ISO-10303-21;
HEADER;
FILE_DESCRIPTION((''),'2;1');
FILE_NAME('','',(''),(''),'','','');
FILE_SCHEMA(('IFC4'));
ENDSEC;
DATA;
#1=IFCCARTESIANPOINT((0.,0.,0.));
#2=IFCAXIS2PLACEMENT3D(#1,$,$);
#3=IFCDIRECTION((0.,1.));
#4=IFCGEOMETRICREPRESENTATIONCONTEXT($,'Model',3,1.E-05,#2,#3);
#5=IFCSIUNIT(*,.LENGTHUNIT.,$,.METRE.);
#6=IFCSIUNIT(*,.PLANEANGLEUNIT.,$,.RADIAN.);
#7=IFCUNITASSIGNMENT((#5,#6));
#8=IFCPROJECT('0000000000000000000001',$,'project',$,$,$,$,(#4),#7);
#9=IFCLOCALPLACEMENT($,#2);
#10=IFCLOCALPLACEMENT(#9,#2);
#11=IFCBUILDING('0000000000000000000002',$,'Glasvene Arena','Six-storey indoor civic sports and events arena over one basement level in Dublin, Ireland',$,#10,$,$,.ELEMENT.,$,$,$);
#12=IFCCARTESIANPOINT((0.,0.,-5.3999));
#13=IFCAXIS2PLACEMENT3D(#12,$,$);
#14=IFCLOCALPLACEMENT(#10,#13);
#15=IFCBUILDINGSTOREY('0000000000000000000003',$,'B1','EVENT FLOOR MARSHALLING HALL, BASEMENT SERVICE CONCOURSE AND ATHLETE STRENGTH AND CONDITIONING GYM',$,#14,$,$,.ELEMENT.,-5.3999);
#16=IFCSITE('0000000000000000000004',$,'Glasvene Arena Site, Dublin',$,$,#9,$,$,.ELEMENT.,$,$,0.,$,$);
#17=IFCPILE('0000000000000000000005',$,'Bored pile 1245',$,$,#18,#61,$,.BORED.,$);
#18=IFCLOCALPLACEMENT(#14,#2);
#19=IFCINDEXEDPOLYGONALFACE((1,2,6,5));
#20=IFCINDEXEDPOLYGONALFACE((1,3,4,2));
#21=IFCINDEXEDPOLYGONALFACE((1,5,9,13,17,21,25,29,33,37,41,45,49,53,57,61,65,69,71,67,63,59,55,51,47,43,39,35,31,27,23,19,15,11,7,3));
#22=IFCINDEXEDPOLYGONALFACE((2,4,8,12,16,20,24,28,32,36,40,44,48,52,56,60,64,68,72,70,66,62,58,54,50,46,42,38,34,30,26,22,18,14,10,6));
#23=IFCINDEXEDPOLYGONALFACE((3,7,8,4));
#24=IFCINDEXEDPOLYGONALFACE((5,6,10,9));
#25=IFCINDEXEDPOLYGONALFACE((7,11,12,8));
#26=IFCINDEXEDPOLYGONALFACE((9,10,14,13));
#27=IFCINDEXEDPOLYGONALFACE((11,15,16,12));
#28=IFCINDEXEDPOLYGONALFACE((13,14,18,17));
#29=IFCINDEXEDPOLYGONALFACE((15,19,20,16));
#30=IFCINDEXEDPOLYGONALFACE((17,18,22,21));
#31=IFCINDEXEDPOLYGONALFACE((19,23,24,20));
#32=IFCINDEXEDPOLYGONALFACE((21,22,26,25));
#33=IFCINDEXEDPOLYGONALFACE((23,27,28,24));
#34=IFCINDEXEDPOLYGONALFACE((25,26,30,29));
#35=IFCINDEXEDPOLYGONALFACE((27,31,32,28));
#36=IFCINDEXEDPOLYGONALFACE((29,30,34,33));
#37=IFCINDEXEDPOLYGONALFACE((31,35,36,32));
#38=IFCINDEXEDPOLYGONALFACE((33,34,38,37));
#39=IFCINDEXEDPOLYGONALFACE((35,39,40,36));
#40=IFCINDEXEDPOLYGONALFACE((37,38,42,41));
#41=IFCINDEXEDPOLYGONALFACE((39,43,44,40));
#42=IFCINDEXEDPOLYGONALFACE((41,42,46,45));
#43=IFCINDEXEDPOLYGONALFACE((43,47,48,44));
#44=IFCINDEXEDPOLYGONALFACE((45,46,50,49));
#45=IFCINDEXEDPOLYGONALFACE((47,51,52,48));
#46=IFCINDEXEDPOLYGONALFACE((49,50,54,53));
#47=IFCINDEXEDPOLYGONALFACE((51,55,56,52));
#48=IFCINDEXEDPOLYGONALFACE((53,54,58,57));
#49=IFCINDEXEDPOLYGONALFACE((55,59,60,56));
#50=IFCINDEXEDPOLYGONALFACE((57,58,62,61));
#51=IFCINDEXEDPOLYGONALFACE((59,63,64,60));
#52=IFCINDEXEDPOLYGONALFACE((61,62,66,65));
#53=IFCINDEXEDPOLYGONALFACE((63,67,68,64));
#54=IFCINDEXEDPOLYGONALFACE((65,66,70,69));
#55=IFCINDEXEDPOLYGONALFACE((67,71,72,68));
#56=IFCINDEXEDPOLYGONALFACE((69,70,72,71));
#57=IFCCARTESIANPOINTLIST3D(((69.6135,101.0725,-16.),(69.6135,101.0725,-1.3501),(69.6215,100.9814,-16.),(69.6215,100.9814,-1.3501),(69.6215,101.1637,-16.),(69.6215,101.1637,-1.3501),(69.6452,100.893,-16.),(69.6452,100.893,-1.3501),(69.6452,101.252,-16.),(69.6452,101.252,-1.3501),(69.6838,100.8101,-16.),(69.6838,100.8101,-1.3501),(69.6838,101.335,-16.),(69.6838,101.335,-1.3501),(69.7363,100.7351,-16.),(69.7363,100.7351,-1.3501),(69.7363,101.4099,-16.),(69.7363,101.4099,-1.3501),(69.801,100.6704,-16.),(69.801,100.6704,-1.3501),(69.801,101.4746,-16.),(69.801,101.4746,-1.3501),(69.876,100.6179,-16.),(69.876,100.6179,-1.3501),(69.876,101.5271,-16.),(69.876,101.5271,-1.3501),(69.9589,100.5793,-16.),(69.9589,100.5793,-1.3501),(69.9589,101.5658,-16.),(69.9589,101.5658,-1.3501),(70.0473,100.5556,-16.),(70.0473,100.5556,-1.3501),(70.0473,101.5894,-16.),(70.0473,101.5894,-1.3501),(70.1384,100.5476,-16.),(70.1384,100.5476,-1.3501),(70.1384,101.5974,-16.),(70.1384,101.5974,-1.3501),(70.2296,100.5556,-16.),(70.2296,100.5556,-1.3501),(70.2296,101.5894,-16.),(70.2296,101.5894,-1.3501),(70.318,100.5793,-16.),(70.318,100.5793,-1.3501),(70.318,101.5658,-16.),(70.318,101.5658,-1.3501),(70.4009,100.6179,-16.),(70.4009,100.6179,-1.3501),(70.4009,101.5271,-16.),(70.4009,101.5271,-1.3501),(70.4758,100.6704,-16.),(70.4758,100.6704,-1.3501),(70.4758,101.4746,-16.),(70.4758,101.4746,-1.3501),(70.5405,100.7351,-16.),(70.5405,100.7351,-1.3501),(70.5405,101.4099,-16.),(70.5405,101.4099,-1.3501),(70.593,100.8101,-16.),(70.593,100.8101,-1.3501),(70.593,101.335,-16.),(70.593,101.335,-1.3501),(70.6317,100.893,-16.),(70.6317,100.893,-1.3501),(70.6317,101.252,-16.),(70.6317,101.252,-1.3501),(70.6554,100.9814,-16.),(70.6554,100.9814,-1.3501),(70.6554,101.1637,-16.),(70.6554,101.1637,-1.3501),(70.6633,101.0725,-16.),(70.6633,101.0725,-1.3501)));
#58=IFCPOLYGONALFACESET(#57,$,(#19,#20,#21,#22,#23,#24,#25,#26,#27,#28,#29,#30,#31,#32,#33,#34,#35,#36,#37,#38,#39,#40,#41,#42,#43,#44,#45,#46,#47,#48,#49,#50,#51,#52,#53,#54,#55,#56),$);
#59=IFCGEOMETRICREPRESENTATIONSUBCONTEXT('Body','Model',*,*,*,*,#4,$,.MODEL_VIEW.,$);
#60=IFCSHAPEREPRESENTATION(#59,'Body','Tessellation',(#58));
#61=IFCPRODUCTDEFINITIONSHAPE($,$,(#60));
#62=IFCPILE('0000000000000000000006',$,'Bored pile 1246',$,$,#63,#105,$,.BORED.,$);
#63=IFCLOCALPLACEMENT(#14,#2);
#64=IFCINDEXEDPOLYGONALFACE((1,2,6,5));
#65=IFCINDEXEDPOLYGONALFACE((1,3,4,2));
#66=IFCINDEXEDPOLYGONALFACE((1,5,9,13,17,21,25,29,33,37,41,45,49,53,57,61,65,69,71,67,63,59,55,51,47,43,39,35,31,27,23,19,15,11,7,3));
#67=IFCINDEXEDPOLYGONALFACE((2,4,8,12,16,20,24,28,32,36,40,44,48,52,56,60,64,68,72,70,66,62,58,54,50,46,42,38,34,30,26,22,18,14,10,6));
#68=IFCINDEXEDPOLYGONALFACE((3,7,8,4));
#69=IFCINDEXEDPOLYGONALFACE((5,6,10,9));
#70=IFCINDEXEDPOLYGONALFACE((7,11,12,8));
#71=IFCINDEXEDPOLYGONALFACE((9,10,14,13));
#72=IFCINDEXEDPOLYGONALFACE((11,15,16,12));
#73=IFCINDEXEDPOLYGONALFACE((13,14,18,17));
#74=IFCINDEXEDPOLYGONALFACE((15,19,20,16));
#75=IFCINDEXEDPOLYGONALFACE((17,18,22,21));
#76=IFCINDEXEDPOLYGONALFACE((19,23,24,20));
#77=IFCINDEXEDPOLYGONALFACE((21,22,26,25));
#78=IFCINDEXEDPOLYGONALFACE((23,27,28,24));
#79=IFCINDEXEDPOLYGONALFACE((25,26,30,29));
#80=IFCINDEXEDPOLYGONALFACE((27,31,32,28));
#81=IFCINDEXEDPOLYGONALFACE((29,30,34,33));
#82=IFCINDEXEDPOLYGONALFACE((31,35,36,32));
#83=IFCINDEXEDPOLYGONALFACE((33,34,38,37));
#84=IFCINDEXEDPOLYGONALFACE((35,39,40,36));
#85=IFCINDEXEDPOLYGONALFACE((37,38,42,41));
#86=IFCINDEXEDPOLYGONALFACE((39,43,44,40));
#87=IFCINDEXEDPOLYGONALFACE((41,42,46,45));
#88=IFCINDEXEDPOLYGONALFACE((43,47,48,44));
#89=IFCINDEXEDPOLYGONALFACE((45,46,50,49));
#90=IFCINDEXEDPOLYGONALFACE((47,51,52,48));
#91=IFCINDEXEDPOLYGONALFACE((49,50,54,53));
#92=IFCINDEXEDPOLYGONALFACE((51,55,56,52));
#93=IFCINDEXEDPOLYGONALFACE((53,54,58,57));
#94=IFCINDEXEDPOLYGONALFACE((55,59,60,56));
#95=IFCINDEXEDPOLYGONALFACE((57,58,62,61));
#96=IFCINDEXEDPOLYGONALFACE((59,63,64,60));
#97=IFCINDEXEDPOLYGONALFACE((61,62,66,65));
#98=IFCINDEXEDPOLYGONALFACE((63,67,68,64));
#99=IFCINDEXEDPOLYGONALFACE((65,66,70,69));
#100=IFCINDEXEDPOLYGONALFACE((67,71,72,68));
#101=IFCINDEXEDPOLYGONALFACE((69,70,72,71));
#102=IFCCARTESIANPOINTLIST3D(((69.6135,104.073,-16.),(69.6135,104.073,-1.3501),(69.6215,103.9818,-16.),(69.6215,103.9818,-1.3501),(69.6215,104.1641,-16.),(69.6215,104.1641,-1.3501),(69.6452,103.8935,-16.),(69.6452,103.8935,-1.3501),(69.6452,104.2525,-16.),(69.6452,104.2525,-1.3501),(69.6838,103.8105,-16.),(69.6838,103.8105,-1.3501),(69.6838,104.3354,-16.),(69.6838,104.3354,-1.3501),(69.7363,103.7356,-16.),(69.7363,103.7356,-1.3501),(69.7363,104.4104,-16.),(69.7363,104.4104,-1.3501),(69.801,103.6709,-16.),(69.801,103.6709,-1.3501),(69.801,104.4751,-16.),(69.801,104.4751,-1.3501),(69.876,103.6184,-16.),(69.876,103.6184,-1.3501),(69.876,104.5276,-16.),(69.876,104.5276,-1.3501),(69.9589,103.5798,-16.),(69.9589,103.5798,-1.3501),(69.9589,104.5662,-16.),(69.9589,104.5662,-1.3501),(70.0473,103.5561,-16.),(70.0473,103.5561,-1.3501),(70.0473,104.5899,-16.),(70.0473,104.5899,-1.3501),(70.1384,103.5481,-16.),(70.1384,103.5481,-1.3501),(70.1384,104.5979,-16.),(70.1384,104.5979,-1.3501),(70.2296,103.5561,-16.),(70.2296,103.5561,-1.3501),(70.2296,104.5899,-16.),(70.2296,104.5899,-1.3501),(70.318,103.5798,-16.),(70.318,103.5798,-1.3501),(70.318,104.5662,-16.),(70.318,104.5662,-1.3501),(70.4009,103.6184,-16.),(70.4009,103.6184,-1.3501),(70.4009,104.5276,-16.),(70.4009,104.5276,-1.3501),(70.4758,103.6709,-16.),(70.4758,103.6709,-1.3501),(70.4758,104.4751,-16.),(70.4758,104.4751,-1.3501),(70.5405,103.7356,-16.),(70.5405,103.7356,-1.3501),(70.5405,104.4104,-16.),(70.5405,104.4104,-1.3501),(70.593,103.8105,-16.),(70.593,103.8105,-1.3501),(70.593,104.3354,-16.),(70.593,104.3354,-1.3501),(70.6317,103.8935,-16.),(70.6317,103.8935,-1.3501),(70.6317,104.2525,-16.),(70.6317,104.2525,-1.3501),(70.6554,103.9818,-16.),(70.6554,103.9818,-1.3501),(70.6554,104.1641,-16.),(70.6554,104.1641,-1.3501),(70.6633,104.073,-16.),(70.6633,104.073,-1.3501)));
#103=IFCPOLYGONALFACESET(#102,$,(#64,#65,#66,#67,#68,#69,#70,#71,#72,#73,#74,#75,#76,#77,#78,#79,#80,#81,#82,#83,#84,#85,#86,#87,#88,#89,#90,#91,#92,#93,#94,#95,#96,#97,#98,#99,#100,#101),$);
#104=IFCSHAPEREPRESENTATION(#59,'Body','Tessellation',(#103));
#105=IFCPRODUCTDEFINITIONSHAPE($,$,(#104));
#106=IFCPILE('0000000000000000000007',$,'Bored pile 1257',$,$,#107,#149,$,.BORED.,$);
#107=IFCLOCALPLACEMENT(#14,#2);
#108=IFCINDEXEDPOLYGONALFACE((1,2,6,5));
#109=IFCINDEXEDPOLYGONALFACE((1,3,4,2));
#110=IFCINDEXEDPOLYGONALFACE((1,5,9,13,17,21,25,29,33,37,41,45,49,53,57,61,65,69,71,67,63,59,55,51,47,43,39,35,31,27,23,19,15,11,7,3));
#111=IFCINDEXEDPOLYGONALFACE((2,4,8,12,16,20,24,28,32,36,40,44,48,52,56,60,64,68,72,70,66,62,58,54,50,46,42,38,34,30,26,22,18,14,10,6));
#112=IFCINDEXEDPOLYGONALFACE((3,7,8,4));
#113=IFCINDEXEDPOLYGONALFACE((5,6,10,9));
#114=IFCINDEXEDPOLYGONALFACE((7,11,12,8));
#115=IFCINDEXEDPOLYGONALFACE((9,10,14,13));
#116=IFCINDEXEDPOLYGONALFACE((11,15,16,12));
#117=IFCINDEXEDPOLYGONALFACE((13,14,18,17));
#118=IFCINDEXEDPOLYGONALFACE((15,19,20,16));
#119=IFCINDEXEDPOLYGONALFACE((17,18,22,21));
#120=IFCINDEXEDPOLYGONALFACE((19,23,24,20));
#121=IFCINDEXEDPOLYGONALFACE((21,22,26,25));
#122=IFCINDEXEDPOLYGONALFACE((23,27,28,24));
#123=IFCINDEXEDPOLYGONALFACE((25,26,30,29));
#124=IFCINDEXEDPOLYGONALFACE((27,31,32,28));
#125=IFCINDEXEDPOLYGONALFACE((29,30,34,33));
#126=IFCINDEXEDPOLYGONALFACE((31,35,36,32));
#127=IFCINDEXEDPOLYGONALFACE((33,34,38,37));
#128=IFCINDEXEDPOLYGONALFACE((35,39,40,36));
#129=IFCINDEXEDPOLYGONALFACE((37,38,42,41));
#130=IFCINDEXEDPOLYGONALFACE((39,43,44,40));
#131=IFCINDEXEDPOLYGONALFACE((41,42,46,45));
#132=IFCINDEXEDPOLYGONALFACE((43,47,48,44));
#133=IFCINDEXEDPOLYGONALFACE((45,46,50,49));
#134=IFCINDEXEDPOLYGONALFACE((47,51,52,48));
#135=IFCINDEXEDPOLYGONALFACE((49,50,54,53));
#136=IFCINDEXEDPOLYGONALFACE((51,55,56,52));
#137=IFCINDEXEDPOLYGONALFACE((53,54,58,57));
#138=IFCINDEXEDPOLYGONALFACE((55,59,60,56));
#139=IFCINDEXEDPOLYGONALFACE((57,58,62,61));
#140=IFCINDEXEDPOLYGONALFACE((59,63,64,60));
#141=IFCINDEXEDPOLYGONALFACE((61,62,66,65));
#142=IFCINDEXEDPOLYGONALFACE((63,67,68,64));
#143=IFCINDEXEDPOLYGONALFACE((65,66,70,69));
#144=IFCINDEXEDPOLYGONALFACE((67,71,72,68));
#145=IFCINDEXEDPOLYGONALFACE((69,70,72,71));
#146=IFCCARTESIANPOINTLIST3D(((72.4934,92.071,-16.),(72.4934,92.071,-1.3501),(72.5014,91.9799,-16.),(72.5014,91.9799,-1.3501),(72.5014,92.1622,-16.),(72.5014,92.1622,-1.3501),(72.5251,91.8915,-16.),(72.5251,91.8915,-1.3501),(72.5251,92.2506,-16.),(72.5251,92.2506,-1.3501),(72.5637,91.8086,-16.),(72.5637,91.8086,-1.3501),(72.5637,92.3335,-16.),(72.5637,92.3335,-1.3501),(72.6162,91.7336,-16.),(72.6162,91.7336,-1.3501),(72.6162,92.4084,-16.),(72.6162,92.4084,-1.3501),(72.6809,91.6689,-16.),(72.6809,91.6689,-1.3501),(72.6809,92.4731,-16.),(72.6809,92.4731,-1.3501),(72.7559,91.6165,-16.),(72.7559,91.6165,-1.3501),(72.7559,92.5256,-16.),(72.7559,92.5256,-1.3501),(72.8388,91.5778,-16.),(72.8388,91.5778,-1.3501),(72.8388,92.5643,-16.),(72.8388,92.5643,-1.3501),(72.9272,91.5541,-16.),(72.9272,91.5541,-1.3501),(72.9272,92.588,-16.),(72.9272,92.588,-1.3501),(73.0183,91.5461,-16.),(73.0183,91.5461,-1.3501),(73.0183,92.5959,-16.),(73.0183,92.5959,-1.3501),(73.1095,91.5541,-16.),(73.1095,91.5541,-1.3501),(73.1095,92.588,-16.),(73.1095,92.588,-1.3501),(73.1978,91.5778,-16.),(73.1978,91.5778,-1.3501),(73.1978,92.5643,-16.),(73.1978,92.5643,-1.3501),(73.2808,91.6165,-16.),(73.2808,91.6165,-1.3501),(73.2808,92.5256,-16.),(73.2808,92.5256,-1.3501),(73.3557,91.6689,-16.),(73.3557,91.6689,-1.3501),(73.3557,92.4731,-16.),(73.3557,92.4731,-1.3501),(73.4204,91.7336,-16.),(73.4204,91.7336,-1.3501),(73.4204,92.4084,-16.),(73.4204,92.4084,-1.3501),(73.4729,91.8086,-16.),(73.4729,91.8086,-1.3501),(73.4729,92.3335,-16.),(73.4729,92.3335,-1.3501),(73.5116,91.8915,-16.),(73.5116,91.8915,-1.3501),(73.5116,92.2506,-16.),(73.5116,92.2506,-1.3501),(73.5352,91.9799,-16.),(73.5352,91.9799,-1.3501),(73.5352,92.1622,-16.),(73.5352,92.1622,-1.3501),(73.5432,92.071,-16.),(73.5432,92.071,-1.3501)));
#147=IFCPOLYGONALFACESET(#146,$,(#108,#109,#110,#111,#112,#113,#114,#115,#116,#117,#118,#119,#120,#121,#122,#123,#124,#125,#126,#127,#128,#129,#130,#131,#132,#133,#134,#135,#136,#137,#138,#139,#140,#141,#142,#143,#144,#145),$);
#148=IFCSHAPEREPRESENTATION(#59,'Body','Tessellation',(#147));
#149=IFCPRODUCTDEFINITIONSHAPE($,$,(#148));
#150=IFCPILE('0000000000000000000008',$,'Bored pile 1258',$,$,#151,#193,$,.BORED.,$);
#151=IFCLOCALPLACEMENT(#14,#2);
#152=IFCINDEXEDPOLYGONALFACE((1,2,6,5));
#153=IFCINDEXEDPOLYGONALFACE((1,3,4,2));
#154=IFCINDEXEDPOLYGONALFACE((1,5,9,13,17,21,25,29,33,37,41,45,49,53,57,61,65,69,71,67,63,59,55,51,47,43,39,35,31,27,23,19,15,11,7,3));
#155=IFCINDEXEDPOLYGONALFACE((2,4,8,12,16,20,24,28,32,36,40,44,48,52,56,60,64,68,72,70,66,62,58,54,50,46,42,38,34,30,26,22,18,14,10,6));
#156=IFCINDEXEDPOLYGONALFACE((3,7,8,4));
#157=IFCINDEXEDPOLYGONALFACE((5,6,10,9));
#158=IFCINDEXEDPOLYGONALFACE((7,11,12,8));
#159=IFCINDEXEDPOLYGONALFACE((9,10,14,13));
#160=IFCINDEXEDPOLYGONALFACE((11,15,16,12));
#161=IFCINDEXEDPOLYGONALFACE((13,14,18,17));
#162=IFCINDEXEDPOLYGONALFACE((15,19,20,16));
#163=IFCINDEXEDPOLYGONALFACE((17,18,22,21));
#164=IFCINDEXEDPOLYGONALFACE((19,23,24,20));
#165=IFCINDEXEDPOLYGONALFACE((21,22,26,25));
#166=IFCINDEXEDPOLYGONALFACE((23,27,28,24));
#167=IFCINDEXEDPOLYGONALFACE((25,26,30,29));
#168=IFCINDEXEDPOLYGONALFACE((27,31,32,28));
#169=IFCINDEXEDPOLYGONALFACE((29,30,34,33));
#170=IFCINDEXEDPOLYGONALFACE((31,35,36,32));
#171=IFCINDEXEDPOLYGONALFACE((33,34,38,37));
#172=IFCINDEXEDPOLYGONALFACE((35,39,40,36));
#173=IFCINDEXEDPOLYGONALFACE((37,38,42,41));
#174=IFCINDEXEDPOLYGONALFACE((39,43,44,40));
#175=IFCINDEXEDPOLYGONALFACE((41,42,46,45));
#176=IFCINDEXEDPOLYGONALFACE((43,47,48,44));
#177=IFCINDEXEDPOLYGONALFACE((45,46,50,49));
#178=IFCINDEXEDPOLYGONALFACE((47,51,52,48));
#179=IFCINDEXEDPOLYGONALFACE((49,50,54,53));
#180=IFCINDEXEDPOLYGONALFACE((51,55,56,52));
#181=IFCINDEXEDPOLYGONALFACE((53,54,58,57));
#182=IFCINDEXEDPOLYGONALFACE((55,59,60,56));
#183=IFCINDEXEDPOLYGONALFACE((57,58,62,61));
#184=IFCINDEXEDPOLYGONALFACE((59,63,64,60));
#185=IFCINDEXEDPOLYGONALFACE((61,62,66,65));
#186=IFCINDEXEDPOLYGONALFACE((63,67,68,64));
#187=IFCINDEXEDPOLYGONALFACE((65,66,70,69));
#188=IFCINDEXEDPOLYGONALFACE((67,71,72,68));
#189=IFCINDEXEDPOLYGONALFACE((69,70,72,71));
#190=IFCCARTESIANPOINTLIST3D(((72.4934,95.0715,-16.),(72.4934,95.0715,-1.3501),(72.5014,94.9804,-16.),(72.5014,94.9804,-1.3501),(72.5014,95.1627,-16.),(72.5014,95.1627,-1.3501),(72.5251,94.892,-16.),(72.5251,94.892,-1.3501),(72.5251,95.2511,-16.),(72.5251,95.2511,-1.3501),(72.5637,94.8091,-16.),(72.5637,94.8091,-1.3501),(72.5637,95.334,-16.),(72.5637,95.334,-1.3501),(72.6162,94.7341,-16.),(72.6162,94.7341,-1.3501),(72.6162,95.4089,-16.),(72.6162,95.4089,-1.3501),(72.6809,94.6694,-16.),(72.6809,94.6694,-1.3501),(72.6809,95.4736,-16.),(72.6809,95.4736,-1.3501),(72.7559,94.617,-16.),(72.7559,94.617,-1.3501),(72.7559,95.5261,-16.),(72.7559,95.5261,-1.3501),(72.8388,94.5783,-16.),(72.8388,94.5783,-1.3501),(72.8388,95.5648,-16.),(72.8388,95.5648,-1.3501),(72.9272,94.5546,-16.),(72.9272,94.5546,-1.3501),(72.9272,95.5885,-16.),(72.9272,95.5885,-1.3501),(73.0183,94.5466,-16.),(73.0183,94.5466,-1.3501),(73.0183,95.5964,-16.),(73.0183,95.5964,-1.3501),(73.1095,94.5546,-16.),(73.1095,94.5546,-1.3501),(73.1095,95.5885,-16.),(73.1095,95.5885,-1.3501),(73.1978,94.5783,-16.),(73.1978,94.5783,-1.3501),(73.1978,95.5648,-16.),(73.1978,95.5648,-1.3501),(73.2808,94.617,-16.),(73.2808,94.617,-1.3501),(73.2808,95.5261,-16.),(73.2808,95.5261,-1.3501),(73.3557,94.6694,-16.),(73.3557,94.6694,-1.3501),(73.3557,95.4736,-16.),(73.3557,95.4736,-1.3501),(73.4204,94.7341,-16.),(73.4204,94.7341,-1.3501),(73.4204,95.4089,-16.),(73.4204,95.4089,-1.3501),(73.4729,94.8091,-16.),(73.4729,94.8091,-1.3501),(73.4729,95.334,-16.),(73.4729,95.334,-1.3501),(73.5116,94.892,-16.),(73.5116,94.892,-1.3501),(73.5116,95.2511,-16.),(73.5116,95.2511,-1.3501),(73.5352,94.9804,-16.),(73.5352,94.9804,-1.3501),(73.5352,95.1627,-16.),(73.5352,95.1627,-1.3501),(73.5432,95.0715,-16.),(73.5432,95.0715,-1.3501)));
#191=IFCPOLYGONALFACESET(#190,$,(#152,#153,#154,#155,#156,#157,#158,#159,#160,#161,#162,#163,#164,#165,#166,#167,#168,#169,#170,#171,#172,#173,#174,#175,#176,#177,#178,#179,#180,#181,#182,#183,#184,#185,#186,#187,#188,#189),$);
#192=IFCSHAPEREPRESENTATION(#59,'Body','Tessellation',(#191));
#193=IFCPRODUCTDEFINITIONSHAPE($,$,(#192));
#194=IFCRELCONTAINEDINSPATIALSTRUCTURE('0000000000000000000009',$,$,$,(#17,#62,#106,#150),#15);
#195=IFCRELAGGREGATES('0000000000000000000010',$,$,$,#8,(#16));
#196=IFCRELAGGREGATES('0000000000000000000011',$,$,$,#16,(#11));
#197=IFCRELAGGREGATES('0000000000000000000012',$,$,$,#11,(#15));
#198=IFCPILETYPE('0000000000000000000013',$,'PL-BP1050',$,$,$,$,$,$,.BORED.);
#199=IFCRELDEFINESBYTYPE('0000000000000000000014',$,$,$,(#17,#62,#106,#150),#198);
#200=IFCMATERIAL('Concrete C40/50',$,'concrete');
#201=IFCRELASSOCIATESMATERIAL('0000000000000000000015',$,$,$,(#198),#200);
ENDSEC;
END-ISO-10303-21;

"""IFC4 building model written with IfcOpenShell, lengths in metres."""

from ifc_helpers import new_model, si_unit, direction, frame, origin, origin_2d, place, context, subcontext, project, spatial, circle, extrude, material, material_profile, profile_set, type_object, element, save


model = new_model("IFC4")

# Units and contexts
model_context = context("Model", 3, precision=1e-05, world=origin(), true_north=direction((0.0, 1.0)))
body_context = subcontext(model_context, "Body", "Model", "MODEL_VIEW")
ifc_project = project(units=[si_unit("LENGTHUNIT", "METRE"), si_unit("PLANEANGLEUNIT", "RADIAN")], contexts=[model_context])

# Site, building, storey
site_placement = place(None, origin())
site = spatial("IfcSite", under=ifc_project, at=site_placement, Name="Glasvene Arena Site, Dublin", CompositionType="ELEMENT", RefElevation=0.0)
building_placement = place(site_placement, origin())
building = spatial("IfcBuilding", under=site, at=building_placement, Name="Glasvene Arena", Description="Six-storey indoor civic sports and events arena over one basement level in Dublin, Ireland", CompositionType="ELEMENT")
storey_placement = place(building_placement, frame((0.0, 0.0, -5.3999)))
storey = spatial("IfcBuildingStorey", under=building, at=storey_placement, Name="B1", Description="EVENT FLOOR MARSHALLING HALL, BASEMENT SERVICE CONCOURSE AND ATHLETE STRENGTH AND CONDITIONING GYM", CompositionType="ELEMENT", Elevation=-5.3999)

# Piles
ifc_material_1 = material(Name="Concrete C40/50", Category="concrete")
ifc_material_profile_1 = material_profile(ifc_material_1, circle(Radius=0.5249, at=origin_2d()), Name="BORED PILE 1050")
ifc_profile_set_1 = profile_set([ifc_material_profile_1], Name="Concrete C40/50")
pile_type = type_object("IfcPileType", Name="PL-BP1050", PredefinedType="BORED", material=ifc_profile_set_1)
for number, where, z_axis, x_axis, name in (
    (1, (70.1384, 101.0725, -1.3501), (0.0, 0.0, -1.0), (1.0, 0.0, 0.0), "Bored pile 1245"),
    (2, (70.1384, 104.073, -1.3501), (0.0, 0.0, -1.0), (1.0, 0.0, 0.0), "Bored pile 1246"),
    (3, (73.0183, 92.071, -1.3501), (0.0, 0.0, -1.0), (1.0, 0.0, 0.0), "Bored pile 1257"),
    (4, (73.0183, 95.0715, -1.3501), (0.0, 0.0, -1.0), (1.0, 0.0, 0.0), "Bored pile 1258"),
):
    element("IfcPile", number, at=place(storey_placement, frame(where, z_axis=z_axis, x_axis=x_axis)), inside=storey, type_object=pile_type, Name=name, PredefinedType="BORED", context=body_context, shape_type="SweptSolid", body=[
        extrude(circle(Radius=0.5249, at=origin_2d()), origin(), (0.0, 0.0, 1.0), 14.6499),
    ])

save(model, "model.ifc")
